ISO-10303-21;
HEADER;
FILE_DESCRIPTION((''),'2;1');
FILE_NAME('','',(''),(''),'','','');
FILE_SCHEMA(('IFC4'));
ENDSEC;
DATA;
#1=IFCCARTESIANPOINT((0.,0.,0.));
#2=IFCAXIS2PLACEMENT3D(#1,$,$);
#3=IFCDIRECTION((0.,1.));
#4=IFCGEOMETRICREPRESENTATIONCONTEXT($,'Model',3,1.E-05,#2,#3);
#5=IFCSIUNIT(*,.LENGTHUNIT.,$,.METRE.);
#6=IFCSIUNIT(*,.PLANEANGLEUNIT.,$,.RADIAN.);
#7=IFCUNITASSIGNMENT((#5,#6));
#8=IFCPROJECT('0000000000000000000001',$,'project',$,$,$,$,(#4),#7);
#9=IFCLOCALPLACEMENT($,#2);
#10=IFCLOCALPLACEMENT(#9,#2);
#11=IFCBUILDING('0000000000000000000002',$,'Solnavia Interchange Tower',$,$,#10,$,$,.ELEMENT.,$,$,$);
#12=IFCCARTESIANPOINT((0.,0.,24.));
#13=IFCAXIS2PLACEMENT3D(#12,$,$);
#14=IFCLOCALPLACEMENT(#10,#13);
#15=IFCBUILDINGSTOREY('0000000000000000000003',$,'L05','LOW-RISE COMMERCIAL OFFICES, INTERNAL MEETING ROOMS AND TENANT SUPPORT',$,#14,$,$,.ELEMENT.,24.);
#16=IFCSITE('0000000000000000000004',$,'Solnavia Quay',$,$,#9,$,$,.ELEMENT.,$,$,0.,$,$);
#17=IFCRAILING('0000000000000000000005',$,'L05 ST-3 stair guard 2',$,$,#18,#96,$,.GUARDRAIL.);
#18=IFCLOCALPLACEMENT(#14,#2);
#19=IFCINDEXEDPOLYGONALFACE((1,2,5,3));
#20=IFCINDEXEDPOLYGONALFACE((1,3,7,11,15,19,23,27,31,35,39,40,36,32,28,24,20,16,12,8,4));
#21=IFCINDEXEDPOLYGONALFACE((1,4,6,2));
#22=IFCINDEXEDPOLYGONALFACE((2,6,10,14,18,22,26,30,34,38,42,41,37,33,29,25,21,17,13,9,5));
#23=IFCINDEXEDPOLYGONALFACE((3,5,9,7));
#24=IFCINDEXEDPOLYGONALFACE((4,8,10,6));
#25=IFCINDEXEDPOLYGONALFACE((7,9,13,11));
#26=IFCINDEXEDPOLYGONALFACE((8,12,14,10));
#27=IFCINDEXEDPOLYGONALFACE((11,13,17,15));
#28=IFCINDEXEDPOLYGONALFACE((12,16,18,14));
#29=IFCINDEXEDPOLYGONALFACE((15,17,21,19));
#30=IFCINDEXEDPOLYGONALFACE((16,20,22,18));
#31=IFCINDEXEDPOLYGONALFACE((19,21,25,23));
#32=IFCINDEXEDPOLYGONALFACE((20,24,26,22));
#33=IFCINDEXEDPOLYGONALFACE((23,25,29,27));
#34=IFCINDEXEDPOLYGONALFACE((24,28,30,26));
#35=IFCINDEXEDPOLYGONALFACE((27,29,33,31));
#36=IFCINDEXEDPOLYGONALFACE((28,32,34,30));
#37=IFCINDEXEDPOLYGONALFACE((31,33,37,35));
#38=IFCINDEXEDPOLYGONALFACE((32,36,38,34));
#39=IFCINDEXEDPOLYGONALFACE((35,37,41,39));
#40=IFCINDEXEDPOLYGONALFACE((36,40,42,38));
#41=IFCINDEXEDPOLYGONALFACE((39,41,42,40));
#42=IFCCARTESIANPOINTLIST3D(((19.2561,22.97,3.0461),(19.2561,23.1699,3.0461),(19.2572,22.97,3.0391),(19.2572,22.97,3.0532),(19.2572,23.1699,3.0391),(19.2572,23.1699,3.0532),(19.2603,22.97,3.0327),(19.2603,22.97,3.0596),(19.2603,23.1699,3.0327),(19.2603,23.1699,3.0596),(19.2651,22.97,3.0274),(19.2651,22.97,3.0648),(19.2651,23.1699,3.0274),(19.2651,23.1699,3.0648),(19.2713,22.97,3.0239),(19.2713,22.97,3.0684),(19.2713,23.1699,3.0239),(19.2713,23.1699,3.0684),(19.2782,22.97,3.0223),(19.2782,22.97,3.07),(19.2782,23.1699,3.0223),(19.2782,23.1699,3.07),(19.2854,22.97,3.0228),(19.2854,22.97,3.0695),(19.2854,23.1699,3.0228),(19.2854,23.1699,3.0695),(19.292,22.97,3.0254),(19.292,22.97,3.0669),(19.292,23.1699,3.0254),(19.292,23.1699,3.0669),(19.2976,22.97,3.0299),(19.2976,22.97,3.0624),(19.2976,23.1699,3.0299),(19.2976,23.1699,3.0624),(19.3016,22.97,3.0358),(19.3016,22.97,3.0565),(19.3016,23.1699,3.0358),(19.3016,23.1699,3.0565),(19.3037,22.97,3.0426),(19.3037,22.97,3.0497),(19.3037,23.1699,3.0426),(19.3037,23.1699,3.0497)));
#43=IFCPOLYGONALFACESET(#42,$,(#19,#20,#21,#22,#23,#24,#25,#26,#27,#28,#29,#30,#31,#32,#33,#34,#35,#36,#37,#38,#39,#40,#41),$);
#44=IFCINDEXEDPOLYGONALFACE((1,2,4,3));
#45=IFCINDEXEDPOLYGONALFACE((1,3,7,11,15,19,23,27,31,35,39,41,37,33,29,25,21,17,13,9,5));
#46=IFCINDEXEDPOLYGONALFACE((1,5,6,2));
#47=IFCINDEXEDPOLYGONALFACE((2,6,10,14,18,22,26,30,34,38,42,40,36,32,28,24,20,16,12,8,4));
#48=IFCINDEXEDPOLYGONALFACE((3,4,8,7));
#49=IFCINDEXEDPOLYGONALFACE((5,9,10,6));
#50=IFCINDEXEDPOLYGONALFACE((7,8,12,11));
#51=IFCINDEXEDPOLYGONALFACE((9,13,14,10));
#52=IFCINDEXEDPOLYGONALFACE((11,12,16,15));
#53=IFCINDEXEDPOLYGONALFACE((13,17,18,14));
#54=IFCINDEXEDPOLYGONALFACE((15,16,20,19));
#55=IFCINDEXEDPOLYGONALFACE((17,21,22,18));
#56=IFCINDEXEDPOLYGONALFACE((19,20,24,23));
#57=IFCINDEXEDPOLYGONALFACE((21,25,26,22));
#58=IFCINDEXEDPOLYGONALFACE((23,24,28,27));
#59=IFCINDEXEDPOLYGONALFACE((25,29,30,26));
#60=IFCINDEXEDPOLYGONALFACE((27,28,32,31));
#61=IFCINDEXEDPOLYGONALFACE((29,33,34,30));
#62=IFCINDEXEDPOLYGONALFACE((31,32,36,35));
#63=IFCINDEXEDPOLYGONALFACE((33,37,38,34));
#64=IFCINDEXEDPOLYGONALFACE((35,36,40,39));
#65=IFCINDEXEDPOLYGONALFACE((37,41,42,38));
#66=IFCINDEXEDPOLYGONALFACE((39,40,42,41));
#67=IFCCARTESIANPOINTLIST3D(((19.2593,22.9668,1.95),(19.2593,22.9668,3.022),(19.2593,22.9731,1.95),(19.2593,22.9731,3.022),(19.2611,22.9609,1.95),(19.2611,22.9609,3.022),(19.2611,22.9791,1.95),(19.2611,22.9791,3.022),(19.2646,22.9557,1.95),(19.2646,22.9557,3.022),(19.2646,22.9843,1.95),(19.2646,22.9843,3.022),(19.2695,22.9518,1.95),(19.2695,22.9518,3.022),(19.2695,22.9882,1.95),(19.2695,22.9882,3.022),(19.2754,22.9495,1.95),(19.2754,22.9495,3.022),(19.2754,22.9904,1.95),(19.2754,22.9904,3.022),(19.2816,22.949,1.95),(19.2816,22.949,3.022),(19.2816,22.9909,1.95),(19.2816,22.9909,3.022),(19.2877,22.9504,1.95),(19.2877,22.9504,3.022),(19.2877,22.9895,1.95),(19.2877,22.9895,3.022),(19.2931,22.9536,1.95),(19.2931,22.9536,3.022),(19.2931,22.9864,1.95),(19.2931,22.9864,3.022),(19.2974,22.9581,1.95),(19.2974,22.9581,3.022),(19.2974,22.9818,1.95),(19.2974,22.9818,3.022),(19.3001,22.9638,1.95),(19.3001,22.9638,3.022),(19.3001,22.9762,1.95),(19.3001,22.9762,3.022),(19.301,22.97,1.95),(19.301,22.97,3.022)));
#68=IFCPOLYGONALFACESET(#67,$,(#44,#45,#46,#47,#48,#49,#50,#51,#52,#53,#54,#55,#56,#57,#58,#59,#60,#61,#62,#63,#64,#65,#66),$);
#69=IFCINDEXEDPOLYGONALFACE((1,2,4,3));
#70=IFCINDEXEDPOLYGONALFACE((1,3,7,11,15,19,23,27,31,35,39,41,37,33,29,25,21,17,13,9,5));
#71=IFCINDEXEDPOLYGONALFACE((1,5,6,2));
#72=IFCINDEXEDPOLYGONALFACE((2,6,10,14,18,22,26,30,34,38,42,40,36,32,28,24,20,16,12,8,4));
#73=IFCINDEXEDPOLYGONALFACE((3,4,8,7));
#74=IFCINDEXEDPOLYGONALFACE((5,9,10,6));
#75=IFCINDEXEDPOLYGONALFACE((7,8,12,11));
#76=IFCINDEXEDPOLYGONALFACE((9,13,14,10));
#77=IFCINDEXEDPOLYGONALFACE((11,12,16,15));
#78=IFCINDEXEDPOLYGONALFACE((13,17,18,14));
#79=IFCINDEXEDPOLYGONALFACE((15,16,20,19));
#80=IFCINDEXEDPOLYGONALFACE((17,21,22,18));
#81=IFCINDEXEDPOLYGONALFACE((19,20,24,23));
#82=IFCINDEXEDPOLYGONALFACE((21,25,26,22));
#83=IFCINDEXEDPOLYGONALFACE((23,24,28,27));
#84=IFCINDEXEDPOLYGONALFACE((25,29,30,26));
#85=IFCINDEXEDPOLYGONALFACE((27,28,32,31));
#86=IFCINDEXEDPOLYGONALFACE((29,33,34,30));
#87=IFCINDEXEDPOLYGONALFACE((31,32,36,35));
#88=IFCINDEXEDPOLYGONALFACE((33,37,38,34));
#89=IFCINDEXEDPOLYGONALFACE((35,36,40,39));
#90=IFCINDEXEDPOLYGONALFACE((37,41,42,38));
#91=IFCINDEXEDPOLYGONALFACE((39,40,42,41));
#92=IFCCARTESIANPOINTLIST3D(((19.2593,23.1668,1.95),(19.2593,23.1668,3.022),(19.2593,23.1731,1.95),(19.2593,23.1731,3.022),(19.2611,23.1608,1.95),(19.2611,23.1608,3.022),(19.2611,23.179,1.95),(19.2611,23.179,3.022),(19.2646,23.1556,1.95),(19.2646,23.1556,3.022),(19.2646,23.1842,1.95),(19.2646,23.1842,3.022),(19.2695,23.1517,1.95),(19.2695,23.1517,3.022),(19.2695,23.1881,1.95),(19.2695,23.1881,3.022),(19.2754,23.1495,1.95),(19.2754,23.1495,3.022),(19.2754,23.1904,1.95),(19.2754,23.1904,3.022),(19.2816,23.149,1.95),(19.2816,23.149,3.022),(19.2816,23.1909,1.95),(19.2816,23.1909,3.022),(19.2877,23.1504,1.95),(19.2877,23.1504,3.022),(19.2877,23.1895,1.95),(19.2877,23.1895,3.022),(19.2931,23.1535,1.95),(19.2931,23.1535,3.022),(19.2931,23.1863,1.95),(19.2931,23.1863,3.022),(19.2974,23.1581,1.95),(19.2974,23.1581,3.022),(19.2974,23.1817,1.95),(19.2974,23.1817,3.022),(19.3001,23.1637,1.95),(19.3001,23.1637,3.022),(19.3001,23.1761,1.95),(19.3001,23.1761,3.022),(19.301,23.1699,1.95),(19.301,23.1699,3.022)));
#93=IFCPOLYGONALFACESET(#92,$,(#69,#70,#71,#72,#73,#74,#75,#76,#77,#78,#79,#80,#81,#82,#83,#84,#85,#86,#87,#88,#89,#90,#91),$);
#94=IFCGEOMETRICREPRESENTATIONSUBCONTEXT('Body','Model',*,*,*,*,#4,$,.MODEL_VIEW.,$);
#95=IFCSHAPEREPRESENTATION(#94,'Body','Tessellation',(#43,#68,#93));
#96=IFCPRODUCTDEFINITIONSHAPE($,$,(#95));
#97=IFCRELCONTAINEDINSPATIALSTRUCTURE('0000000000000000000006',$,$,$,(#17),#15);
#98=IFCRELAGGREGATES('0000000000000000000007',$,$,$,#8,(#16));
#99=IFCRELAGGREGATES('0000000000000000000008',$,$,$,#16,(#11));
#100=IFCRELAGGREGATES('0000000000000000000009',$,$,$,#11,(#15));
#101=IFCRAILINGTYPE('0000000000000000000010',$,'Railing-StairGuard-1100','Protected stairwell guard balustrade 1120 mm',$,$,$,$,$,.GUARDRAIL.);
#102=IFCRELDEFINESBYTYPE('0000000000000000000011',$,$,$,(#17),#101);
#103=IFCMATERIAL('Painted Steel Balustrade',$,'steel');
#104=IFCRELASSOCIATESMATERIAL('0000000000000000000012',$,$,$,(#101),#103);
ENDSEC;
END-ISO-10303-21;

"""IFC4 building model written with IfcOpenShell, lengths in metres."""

from ifc_helpers import new_model, si_unit, direction, frame, origin, origin_2d, place, context, subcontext, project, spatial, circle, extrude, material, type_object, element, save


model = new_model("IFC4")

# Units and contexts
model_context = context("Model", 3, precision=1e-05, world=origin(), true_north=direction((0.0, 1.0)))
body_context = subcontext(model_context, "Body", "Model", "MODEL_VIEW")
ifc_project = project(units=[si_unit("LENGTHUNIT", "METRE"), si_unit("PLANEANGLEUNIT", "RADIAN")], contexts=[model_context])

# Site, building, storey
site_placement = place(None, origin())
site = spatial("IfcSite", under=ifc_project, at=site_placement, Name="Solnavia Quay", CompositionType="ELEMENT", RefElevation=0.0)
building_placement = place(site_placement, origin())
building = spatial("IfcBuilding", under=site, at=building_placement, Name="Solnavia Interchange Tower", CompositionType="ELEMENT")
storey_placement = place(building_placement, frame((0.0, 0.0, 24.0)))
storey = spatial("IfcBuildingStorey", under=building, at=storey_placement, Name="L05", Description="LOW-RISE COMMERCIAL OFFICES, INTERNAL MEETING ROOMS AND TENANT SUPPORT", CompositionType="ELEMENT", Elevation=24.0)

# Railing
ifc_material_1 = material(Name="Painted Steel Balustrade", Category="steel")
railing_type_1 = type_object("IfcRailingType", Name="Railing-StairGuard-1100", Description="Protected stairwell guard balustrade 1120 mm", PredefinedType="GUARDRAIL", material=ifc_material_1)
railing_1_placement = place(storey_placement, frame((19.28, 22.97, 1.95)))
element("IfcRailing", 1, at=railing_1_placement, inside=storey, type_object=railing_type_1, Name="L05 ST-3 stair guard 2", PredefinedType="GUARDRAIL", context=body_context, shape_type="SweptSolid", body=[
    extrude(circle(Radius=0.0239, at=origin_2d()), frame((0.0, 0.0, 1.0962), z_axis=(0.0, 1.0, 0.0), x_axis=(-1.0, 0.0, 0.0)), (0.0, 0.0, 1.0), 0.2),
    extrude(circle(Radius=0.021, at=origin_2d()), origin(), (0.0, 0.0, 1.0), 1.072),
    extrude(circle(Radius=0.021, at=origin_2d()), frame((0.0, 0.2, 0.0)), (0.0, 0.0, 1.0), 1.072),
])

save(model, "model.ifc")
